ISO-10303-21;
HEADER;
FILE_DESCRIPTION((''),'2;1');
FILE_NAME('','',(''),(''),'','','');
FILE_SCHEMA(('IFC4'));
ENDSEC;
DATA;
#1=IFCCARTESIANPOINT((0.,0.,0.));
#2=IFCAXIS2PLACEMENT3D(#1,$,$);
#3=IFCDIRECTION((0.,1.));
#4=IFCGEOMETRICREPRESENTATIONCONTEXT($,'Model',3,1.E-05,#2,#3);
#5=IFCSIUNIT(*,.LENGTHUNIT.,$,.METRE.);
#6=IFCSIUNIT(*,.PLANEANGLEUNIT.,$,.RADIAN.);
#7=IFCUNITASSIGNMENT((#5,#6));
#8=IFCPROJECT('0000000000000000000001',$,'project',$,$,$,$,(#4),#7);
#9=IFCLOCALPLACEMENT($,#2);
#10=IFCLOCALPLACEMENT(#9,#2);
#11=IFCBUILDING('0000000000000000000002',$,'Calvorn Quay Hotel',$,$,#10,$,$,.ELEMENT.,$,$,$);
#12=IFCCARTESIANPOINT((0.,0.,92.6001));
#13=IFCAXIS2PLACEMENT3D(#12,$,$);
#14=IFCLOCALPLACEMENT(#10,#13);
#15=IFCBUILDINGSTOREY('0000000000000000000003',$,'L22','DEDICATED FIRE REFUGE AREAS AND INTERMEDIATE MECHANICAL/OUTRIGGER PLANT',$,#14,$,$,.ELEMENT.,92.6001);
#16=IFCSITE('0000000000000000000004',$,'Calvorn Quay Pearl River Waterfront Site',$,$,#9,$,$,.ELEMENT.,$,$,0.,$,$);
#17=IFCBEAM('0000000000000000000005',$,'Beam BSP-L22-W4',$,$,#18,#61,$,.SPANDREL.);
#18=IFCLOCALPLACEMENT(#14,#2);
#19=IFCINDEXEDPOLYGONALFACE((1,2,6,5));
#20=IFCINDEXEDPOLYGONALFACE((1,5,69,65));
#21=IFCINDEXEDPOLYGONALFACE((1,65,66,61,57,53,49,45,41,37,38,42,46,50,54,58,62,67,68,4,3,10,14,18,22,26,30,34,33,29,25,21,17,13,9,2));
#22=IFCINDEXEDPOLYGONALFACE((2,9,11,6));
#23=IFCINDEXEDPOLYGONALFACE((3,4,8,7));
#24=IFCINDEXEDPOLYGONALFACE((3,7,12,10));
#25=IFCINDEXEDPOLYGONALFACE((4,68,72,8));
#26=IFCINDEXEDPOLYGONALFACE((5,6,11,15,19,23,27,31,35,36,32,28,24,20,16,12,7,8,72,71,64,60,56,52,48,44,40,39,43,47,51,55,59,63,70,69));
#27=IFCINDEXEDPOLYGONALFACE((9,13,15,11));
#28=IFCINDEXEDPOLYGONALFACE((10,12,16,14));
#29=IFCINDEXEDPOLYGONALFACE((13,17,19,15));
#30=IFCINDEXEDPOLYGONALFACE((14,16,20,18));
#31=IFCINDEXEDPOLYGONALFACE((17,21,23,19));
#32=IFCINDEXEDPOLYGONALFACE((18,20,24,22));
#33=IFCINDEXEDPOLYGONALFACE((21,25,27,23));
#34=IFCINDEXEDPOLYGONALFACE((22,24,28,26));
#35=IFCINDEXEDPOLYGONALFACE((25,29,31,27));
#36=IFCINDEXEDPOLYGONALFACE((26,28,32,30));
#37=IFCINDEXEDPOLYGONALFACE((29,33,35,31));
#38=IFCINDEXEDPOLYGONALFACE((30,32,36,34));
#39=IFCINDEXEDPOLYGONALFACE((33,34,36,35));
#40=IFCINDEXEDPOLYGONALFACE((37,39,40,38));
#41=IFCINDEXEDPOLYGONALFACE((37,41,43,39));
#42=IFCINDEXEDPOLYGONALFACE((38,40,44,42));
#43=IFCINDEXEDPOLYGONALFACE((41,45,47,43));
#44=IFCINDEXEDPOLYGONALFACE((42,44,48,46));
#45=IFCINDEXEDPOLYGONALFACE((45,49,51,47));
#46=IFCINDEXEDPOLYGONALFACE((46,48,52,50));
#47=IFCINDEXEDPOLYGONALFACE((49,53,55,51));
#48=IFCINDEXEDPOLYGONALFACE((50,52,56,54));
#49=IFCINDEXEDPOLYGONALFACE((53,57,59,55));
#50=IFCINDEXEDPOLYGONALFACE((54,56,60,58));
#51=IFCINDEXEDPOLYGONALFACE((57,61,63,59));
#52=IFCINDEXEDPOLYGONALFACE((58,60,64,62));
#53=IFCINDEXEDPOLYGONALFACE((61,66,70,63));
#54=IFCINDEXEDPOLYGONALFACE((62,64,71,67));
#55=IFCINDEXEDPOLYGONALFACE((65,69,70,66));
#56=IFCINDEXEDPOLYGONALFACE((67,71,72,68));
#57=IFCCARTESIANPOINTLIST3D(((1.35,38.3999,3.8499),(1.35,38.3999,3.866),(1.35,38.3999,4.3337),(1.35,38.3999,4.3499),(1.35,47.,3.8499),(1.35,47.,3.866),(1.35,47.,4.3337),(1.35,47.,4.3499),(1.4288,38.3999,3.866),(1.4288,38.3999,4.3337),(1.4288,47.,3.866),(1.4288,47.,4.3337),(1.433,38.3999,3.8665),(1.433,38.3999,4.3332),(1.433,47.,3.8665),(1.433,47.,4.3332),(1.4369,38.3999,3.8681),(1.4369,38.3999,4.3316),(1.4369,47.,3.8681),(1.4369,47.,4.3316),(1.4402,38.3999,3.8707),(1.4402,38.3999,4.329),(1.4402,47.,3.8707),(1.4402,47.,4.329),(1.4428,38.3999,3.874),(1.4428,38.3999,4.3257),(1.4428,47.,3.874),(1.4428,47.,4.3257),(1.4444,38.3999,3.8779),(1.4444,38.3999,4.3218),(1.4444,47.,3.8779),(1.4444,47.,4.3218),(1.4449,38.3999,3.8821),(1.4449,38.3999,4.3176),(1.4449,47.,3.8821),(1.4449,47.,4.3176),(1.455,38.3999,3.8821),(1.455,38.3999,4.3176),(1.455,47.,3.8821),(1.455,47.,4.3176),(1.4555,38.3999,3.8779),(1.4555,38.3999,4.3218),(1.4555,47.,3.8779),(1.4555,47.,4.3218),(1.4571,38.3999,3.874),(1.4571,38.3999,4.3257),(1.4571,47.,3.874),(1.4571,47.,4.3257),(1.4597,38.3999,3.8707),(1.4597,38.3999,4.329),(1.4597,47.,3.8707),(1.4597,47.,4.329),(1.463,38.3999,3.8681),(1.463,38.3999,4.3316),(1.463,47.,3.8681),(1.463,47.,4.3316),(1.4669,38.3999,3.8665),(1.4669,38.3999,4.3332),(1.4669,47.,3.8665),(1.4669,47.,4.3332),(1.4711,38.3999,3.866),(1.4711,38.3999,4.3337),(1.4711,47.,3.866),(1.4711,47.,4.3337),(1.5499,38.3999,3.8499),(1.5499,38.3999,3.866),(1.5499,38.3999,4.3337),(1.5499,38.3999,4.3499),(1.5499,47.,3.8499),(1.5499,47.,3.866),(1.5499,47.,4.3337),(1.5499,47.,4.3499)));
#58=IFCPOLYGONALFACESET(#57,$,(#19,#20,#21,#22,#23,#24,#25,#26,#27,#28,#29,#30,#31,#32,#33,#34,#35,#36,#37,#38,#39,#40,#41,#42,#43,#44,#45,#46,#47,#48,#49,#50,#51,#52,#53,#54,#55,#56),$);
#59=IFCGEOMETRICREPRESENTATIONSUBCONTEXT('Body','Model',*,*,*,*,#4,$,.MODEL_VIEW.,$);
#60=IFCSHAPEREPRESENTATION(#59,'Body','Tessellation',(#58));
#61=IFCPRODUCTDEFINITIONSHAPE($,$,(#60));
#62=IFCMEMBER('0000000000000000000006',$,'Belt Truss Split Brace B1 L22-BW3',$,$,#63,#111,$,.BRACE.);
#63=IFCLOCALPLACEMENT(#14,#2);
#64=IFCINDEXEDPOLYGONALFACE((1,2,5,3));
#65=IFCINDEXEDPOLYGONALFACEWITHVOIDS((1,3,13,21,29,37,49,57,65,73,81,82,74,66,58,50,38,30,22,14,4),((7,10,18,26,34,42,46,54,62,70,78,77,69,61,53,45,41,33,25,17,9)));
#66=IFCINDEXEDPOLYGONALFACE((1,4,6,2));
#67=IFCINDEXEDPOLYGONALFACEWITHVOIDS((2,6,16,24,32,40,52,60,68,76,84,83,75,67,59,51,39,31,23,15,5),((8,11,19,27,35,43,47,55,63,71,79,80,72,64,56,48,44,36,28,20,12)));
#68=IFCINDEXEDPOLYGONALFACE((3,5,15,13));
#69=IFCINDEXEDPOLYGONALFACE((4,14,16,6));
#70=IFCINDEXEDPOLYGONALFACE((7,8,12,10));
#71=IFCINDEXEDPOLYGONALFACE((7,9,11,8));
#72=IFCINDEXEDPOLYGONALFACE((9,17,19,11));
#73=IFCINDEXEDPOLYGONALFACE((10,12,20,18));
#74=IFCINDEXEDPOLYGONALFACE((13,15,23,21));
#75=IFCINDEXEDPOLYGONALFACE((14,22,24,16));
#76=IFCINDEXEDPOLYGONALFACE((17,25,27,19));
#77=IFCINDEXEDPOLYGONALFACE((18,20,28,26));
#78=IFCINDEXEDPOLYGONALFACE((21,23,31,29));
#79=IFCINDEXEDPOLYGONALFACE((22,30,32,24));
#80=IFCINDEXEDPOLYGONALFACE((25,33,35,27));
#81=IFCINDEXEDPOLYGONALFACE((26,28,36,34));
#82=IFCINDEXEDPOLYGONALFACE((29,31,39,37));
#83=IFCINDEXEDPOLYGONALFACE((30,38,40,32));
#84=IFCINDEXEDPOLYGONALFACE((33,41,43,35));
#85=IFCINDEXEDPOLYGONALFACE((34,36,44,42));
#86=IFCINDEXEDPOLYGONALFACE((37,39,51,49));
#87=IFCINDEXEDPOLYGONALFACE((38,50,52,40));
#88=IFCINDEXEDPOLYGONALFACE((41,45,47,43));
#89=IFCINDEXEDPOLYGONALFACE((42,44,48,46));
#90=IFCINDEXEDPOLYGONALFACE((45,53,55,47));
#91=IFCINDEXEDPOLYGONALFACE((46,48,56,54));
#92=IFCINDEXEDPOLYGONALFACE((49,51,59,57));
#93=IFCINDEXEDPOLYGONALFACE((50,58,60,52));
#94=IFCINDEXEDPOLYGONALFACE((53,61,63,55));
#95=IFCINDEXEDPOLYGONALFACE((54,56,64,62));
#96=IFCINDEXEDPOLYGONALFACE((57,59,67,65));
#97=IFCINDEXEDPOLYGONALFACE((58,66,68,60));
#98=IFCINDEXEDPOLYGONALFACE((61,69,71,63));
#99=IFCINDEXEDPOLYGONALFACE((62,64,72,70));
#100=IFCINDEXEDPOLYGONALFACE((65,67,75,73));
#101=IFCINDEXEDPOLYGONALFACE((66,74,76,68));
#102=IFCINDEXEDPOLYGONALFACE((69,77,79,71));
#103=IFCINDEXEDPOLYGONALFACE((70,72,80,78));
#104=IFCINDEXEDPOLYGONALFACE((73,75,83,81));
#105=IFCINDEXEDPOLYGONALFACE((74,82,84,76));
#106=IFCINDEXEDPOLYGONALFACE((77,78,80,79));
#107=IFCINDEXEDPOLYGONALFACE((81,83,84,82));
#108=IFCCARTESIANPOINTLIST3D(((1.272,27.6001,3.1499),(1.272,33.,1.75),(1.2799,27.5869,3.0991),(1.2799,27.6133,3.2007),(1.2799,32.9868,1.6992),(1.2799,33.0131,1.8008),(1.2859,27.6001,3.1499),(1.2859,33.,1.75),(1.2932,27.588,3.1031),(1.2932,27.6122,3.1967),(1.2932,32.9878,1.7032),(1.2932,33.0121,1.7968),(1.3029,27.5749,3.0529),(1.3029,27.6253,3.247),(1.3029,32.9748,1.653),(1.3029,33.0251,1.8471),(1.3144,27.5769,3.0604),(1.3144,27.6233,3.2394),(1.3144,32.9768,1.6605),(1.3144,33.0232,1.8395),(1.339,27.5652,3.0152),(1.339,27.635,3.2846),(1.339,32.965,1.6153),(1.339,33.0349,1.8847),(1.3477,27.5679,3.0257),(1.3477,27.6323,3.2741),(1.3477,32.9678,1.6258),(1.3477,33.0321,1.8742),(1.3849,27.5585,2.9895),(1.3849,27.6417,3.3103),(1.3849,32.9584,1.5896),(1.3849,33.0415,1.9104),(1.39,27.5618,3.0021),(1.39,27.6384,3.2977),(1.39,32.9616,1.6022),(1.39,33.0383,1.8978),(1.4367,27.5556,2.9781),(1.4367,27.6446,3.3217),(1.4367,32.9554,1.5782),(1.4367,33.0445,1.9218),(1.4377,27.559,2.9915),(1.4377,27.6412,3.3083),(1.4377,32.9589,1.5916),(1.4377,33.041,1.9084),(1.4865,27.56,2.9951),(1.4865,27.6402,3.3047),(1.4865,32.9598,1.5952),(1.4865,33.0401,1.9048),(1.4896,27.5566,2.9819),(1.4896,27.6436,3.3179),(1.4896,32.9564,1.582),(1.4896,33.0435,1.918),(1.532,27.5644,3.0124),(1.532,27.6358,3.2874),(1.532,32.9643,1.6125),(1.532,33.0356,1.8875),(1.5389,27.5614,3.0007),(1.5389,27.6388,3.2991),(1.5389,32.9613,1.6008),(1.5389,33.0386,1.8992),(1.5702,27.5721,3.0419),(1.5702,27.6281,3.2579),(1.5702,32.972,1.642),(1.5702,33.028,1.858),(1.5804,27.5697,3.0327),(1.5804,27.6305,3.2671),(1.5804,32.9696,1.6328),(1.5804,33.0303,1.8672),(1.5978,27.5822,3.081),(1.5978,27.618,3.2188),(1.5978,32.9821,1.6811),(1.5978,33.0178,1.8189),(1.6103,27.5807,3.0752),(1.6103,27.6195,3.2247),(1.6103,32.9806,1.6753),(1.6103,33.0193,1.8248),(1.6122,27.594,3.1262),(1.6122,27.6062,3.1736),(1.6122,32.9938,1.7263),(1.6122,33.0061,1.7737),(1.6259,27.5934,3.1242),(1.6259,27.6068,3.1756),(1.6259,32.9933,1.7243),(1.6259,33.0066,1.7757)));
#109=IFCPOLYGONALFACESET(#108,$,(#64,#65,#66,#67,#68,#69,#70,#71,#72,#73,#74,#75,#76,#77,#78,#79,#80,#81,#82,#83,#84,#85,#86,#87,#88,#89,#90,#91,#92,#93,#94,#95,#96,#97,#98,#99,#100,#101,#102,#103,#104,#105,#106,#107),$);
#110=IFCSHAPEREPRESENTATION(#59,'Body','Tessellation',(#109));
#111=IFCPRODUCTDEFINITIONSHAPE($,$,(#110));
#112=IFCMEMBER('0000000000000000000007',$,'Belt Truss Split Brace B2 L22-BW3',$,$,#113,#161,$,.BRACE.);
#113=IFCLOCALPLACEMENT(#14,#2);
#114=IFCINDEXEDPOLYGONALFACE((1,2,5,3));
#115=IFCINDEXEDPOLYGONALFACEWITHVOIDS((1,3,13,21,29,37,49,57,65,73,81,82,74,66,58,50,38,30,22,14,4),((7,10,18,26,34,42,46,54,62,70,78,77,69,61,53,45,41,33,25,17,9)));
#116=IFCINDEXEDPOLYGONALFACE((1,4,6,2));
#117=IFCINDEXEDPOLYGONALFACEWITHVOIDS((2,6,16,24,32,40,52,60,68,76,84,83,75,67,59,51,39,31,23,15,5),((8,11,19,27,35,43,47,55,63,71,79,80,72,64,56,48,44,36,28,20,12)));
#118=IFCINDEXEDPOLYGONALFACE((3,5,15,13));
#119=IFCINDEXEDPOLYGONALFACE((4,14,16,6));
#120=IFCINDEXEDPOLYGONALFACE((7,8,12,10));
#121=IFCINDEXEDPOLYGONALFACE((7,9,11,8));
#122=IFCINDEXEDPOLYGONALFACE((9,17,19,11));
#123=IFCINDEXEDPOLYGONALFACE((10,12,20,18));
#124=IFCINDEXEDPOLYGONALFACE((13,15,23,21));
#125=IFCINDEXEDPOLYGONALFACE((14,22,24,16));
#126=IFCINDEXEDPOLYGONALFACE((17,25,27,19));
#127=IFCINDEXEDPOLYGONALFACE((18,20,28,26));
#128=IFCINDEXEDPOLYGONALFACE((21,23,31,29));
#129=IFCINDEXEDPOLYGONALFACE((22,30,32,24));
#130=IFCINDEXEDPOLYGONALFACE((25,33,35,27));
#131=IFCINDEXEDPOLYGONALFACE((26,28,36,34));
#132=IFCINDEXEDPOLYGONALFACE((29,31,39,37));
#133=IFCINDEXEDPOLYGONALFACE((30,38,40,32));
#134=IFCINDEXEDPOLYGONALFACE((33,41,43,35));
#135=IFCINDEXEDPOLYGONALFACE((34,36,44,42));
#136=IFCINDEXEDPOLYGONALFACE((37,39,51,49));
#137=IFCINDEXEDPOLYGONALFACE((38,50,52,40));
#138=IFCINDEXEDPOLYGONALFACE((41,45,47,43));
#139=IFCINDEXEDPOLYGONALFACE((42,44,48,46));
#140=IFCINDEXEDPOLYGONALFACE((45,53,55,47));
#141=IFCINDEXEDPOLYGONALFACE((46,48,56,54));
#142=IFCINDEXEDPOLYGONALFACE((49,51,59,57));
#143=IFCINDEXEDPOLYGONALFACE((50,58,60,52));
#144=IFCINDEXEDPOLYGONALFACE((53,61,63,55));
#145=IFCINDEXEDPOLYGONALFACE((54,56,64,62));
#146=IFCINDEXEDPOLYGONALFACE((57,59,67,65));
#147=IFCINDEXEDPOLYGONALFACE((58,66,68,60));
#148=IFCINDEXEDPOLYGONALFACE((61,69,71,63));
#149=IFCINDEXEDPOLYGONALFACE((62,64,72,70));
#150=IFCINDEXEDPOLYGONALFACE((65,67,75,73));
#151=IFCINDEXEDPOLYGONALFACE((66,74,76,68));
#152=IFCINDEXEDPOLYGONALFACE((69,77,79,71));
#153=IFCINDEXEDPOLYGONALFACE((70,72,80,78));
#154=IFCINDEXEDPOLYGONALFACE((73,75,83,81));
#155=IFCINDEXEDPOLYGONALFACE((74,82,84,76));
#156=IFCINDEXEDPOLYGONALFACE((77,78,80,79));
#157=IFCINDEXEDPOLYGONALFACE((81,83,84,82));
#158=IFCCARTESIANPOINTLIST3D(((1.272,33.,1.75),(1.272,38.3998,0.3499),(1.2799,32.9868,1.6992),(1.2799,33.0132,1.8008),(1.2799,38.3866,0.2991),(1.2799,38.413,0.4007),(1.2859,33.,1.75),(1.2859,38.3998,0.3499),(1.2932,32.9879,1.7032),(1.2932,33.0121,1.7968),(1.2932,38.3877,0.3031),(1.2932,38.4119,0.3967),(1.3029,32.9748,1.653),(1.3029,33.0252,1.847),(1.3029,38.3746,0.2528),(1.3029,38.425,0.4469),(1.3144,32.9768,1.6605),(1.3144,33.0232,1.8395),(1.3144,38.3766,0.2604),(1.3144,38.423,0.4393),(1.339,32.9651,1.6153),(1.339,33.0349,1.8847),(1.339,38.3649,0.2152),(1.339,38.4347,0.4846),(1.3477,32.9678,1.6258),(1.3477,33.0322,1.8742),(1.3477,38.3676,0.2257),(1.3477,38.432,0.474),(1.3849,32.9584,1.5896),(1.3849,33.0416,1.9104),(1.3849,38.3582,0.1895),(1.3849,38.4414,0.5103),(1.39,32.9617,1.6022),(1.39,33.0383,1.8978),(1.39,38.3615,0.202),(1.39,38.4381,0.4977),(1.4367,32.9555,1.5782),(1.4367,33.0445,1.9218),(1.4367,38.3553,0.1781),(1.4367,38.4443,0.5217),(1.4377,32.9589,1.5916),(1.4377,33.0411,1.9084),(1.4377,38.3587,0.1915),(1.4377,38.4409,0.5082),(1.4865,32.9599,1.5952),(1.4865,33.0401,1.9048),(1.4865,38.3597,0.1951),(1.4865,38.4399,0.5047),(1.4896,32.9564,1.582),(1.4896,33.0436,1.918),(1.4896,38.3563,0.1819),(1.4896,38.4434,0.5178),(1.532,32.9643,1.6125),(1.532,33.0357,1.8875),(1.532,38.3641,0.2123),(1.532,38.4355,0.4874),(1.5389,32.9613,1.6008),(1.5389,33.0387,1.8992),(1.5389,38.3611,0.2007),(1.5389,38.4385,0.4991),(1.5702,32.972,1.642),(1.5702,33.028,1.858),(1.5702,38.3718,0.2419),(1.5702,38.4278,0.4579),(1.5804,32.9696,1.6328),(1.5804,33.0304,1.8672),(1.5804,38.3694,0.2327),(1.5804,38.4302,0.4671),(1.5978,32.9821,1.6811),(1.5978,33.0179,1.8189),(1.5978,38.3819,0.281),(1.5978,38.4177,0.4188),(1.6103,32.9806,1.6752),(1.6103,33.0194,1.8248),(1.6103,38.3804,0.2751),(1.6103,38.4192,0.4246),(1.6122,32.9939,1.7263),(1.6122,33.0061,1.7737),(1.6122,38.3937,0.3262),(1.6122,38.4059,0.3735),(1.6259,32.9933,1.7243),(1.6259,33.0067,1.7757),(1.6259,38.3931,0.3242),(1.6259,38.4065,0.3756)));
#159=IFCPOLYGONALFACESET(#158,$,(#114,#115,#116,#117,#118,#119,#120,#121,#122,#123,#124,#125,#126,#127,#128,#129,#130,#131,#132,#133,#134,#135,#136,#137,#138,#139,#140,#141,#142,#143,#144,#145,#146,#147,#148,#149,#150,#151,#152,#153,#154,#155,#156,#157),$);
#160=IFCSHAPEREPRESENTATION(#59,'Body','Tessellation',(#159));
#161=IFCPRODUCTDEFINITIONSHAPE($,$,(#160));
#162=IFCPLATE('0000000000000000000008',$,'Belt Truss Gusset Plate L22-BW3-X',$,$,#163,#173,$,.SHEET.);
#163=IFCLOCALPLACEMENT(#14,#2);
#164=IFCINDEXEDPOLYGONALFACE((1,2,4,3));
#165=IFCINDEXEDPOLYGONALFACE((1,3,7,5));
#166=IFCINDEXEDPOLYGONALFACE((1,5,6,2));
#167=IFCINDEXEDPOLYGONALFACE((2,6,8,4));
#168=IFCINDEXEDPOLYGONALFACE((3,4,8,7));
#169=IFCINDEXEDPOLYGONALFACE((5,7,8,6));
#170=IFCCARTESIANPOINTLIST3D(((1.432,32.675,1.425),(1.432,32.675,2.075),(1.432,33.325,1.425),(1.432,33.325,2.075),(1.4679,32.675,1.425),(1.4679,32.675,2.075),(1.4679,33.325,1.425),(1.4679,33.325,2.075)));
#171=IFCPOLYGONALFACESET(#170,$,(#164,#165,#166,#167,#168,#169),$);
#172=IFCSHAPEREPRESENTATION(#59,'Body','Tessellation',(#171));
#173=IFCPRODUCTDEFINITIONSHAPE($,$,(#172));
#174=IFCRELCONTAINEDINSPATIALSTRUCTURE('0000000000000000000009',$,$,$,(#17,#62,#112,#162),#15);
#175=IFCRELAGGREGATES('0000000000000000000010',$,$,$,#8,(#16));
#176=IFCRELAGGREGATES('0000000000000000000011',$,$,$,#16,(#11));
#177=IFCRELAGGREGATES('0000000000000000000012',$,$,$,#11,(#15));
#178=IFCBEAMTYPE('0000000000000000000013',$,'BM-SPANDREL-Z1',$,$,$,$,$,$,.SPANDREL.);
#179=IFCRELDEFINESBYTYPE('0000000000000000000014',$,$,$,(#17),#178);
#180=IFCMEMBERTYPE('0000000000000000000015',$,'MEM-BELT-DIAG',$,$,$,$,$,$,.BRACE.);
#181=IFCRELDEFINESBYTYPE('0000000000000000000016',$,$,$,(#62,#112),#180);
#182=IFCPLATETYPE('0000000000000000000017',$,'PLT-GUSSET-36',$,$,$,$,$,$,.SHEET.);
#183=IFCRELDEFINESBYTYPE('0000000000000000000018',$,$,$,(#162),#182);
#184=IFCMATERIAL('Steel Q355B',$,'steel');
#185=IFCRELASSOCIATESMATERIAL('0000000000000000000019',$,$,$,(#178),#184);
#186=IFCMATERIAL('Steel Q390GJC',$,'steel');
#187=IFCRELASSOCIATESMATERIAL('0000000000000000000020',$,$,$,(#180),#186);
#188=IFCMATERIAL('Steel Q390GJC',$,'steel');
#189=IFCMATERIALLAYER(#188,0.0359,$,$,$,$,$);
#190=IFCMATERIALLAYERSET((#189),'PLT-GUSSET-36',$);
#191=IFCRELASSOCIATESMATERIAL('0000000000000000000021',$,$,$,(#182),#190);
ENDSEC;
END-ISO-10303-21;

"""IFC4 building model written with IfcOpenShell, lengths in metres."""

from ifc_helpers import new_model, si_unit, direction, frame, origin, origin_2d, place, context, subcontext, project, spatial, rectangle, hollow_circle, i_section, extrude, material, layer, layer_set, material_profile, profile_set, type_object, element, save


model = new_model("IFC4")

# Units and contexts
model_context = context("Model", 3, precision=1e-05, world=origin(), true_north=direction((0.0, 1.0)))
body_context = subcontext(model_context, "Body", "Model", "MODEL_VIEW")
ifc_project = project(units=[si_unit("LENGTHUNIT", "METRE"), si_unit("PLANEANGLEUNIT", "RADIAN")], contexts=[model_context])

# Site, building, storey
site_placement = place(None, origin())
site = spatial("IfcSite", under=ifc_project, at=site_placement, Name="Calvorn Quay Pearl River Waterfront Site", CompositionType="ELEMENT", RefElevation=0.0)
building_placement = place(site_placement, origin())
building = spatial("IfcBuilding", under=site, at=building_placement, Name="Calvorn Quay Hotel", CompositionType="ELEMENT")
storey_placement = place(building_placement, frame((0.0, 0.0, 92.6001)))
storey = spatial("IfcBuildingStorey", under=building, at=storey_placement, Name="L22", Description="DEDICATED FIRE REFUGE AREAS AND INTERMEDIATE MECHANICAL/OUTRIGGER PLANT", CompositionType="ELEMENT", Elevation=92.6001)

# Beam
ifc_material_1 = material(Name="Steel Q355B", Category="steel")
ifc_material_profile_1 = material_profile(ifc_material_1, i_section(OverallWidth=0.2, OverallDepth=0.5, WebThickness=0.01, FlangeThickness=0.0161, FilletRadius=0.0161, at=origin_2d()), Name="HN500x200x10x16")
ifc_profile_set_1 = profile_set([ifc_material_profile_1], Name="Steel Q355B")
beam_type_1 = type_object("IfcBeamType", Name="BM-SPANDREL-Z1", PredefinedType="SPANDREL", material=ifc_profile_set_1)
beam_1_placement = place(storey_placement, frame((1.45, 38.3999, 4.0999), z_axis=(0.0, 1.0, 0.0), x_axis=(-1.0, 0.0, 0.0)))
element("IfcBeam", 1, at=beam_1_placement, inside=storey, type_object=beam_type_1, Name="Beam BSP-L22-W4", PredefinedType="SPANDREL", context=body_context, shape_type="SweptSolid", body=[
    extrude(i_section(OverallWidth=0.2, OverallDepth=0.5, WebThickness=0.01, FlangeThickness=0.0161, FilletRadius=0.0161, at=origin_2d()), origin(), (0.0, 0.0, 1.0), 8.6001),
])

# Members
ifc_material_2 = material(Name="Steel Q390GJC", Category="steel")
ifc_material_profile_2 = material_profile(ifc_material_2, hollow_circle(Radius=0.178, WallThickness=0.0139, at=origin_2d()), Name="CHS356x14")
ifc_profile_set_2 = profile_set([ifc_material_profile_2], Name="Steel Q390GJC")
member_type = type_object("IfcMemberType", Name="MEM-BELT-DIAG", PredefinedType="BRACE", material=ifc_profile_set_2)
for number, where, z_axis, x_axis, name in (
    (2, (1.45, 27.6001, 3.1499), (0.0, 0.968, -0.25095), (-1.0, 0.0, 0.0), "Belt Truss Split Brace B1 L22-BW3"),
    (3, (1.45, 33.0, 1.75), (0.0, 0.967989, -0.250991), (-1.0, 0.0, 0.0), "Belt Truss Split Brace B2 L22-BW3"),
):
    element("IfcMember", number, at=place(storey_placement, frame(where, z_axis=z_axis, x_axis=x_axis)), inside=storey, type_object=member_type, Name=name, PredefinedType="BRACE", context=body_context, shape_type="SweptSolid", body=[
        extrude(hollow_circle(Radius=0.178, WallThickness=0.0139, at=origin_2d()), origin(), (0.0, 0.0, 1.0), 5.5784),
    ])

# Plate
ifc_material_3 = material(Name="Steel Q390GJC", Category="steel")
ifc_layer_1 = layer(ifc_material_3, 0.0359)
ifc_layer_set_1 = layer_set([ifc_layer_1], Name="PLT-GUSSET-36")
plate_type = type_object("IfcPlateType", Name="PLT-GUSSET-36", PredefinedType="SHEET", material=ifc_layer_set_1)
plate_placement = place(storey_placement, frame((1.45, 33.0, 1.425), z_axis=(0.0, 0.0, 1.0), x_axis=(0.0, 1.0, 0.0)))
element("IfcPlate", 4, at=plate_placement, inside=storey, type_object=plate_type, Name="Belt Truss Gusset Plate L22-BW3-X", PredefinedType="SHEET", context=body_context, shape_type="SweptSolid", body=[
    extrude(rectangle(XDim=0.6499, YDim=0.0359, at=origin_2d()), origin(), (0.0, 0.0, 1.0), 0.6499),
])

save(model, "model.ifc")
